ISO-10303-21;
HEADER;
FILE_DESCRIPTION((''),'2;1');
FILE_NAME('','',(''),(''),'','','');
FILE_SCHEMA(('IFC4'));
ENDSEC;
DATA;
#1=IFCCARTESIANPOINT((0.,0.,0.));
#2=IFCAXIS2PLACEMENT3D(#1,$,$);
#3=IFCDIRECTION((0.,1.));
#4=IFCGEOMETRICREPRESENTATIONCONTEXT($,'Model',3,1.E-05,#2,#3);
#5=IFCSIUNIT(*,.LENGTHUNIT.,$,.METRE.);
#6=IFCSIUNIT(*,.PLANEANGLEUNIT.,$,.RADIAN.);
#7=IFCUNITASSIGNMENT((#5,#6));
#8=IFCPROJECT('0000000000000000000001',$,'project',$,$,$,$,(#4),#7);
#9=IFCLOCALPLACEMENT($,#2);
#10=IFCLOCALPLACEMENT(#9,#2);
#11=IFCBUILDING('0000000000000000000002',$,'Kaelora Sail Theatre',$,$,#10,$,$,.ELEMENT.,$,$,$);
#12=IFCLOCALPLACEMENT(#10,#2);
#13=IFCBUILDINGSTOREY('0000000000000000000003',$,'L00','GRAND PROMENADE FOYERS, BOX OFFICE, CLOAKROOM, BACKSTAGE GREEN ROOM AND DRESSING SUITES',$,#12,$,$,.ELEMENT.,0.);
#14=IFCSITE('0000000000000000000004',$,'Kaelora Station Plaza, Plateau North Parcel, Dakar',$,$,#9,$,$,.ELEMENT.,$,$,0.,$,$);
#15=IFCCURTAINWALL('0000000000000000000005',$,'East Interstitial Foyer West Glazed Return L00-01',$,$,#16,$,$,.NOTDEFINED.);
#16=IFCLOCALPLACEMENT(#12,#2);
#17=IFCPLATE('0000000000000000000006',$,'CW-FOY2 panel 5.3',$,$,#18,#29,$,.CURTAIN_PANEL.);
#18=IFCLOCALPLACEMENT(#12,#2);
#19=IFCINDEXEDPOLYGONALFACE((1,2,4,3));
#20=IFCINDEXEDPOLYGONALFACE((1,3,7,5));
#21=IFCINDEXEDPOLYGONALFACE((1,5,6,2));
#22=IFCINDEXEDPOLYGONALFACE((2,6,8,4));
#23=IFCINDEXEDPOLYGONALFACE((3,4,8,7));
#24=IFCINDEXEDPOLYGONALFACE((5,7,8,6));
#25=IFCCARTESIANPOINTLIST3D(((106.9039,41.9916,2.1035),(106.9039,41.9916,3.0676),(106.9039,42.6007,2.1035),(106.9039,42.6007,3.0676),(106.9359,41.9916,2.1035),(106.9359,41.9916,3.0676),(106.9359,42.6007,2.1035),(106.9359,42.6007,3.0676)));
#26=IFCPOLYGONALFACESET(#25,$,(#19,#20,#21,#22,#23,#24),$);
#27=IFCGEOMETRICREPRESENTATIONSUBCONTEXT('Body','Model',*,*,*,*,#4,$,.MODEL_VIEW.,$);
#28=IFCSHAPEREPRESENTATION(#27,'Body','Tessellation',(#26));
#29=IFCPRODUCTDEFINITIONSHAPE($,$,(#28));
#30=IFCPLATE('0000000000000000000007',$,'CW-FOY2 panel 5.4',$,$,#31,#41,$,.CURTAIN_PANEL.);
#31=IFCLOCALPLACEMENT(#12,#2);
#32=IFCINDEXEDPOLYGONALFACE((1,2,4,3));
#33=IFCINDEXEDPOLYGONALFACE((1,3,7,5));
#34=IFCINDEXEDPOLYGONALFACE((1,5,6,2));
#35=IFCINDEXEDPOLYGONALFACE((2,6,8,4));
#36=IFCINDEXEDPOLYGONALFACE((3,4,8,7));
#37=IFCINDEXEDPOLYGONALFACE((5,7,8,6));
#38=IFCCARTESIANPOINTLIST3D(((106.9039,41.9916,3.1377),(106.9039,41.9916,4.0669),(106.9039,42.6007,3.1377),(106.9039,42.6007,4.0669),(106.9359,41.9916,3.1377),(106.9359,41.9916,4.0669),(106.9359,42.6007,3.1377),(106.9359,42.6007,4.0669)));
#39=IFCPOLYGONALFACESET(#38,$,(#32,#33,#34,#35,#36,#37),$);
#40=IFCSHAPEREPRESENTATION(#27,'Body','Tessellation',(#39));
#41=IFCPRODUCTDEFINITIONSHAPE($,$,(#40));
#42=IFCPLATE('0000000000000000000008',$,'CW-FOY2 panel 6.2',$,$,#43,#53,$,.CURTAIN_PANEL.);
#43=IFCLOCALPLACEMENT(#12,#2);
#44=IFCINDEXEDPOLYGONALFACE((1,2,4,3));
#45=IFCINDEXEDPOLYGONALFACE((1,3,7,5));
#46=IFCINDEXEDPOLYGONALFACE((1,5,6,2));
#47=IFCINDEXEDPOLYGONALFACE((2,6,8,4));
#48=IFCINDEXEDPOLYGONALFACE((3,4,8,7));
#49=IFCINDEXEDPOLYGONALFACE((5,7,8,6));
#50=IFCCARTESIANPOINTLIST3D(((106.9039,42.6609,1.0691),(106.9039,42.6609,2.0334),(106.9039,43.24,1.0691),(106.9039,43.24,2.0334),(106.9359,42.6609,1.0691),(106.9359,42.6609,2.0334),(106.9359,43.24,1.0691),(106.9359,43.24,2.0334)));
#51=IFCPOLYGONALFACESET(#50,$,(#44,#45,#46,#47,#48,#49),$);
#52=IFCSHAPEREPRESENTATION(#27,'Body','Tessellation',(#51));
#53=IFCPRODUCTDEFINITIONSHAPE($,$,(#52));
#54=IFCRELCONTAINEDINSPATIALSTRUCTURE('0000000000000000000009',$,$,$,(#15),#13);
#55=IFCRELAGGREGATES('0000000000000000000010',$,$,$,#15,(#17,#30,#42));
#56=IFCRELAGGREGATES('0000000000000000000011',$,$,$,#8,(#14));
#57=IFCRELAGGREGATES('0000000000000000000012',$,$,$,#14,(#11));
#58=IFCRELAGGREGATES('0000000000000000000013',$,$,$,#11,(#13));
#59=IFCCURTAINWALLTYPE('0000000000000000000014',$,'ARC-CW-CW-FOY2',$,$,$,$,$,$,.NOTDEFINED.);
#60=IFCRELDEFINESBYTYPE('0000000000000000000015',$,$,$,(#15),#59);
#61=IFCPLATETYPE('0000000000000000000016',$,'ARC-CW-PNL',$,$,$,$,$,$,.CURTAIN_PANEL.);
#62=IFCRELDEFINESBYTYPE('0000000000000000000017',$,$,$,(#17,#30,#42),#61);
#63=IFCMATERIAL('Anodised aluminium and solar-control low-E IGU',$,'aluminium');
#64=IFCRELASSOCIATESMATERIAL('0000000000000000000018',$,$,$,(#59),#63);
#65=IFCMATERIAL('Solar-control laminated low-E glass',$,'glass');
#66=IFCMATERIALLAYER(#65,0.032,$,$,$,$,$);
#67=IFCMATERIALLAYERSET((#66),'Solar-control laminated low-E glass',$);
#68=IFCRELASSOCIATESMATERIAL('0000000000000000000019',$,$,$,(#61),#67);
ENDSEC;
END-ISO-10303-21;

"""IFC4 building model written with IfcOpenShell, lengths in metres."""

from ifc_helpers import new_model, si_unit, direction, frame, origin, origin_2d, place, context, subcontext, project, spatial, rectangle, extrude, material, layer, layer_set, type_object, element, aggregate, save


model = new_model("IFC4")

# Units and contexts
model_context = context("Model", 3, precision=1e-05, world=origin(), true_north=direction((0.0, 1.0)))
body_context = subcontext(model_context, "Body", "Model", "MODEL_VIEW")
ifc_project = project(units=[si_unit("LENGTHUNIT", "METRE"), si_unit("PLANEANGLEUNIT", "RADIAN")], contexts=[model_context])

# Site, building, storey
site_placement = place(None, origin())
site = spatial("IfcSite", under=ifc_project, at=site_placement, Name="Kaelora Station Plaza, Plateau North Parcel, Dakar", CompositionType="ELEMENT", RefElevation=0.0)
building_placement = place(site_placement, origin())
building = spatial("IfcBuilding", under=site, at=building_placement, Name="Kaelora Sail Theatre", CompositionType="ELEMENT")
storey_placement = place(building_placement, origin())
storey = spatial("IfcBuildingStorey", under=building, at=storey_placement, Name="L00", Description="GRAND PROMENADE FOYERS, BOX OFFICE, CLOAKROOM, BACKSTAGE GREEN ROOM AND DRESSING SUITES", CompositionType="ELEMENT", Elevation=0.0)

# Curtain wall
ifc_material_1 = material(Name="Anodised aluminium and solar-control low-E IGU", Category="aluminium")
curtain_wall_type = type_object("IfcCurtainWallType", Name="ARC-CW-CW-FOY2", PredefinedType="NOTDEFINED", material=ifc_material_1)
curtain_wall_1_placement = place(storey_placement, origin())
curtain_wall_1 = element("IfcCurtainWall", 1, at=curtain_wall_1_placement, inside=storey, type_object=curtain_wall_type, Name="East Interstitial Foyer West Glazed Return L00-01", PredefinedType="NOTDEFINED")

# Plates
ifc_material_2 = material(Name="Solar-control laminated low-E glass", Category="glass")
ifc_layer = layer(ifc_material_2, 0.032)
ifc_layer_set = layer_set([ifc_layer], Name="Solar-control laminated low-E glass")
plate_type = type_object("IfcPlateType", Name="ARC-CW-PNL", PredefinedType="CURTAIN_PANEL", material=ifc_layer_set)
plate_1_placement = place(storey_placement, frame((106.9199, 42.2961, 2.1035), z_axis=(0.0, 0.0, 1.0), x_axis=(0.0, 1.0, 0.0)))
plate_1 = element("IfcPlate", 2, at=plate_1_placement, type_object=plate_type, Name="CW-FOY2 panel 5.3", PredefinedType="CURTAIN_PANEL", context=body_context, shape_type="SweptSolid", body=[
    extrude(rectangle(XDim=0.6091, YDim=0.032, at=origin_2d()), origin(), (0.0, 0.0, 1.0), 0.9641),
])
plate_2_placement = place(storey_placement, frame((106.9199, 42.2961, 3.1377), z_axis=(0.0, 0.0, 1.0), x_axis=(0.0, 1.0, 0.0)))
plate_2 = element("IfcPlate", 3, at=plate_2_placement, type_object=plate_type, Name="CW-FOY2 panel 5.4", PredefinedType="CURTAIN_PANEL", context=body_context, shape_type="SweptSolid", body=[
    extrude(rectangle(XDim=0.6091, YDim=0.032, at=origin_2d()), origin(), (0.0, 0.0, 1.0), 0.9292),
])
plate_3_placement = place(storey_placement, frame((106.9199, 42.9504, 1.0691), z_axis=(0.0, 0.0, 1.0), x_axis=(0.0, 1.0, 0.0)))
plate_3 = element("IfcPlate", 4, at=plate_3_placement, type_object=plate_type, Name="CW-FOY2 panel 6.2", PredefinedType="CURTAIN_PANEL", context=body_context, shape_type="SweptSolid", body=[
    extrude(rectangle(XDim=0.5791, YDim=0.032, at=origin_2d()), origin(), (0.0, 0.0, 1.0), 0.9644),
])
aggregate(curtain_wall_1, [plate_1, plate_2, plate_3])

save(model, "model.ifc")
